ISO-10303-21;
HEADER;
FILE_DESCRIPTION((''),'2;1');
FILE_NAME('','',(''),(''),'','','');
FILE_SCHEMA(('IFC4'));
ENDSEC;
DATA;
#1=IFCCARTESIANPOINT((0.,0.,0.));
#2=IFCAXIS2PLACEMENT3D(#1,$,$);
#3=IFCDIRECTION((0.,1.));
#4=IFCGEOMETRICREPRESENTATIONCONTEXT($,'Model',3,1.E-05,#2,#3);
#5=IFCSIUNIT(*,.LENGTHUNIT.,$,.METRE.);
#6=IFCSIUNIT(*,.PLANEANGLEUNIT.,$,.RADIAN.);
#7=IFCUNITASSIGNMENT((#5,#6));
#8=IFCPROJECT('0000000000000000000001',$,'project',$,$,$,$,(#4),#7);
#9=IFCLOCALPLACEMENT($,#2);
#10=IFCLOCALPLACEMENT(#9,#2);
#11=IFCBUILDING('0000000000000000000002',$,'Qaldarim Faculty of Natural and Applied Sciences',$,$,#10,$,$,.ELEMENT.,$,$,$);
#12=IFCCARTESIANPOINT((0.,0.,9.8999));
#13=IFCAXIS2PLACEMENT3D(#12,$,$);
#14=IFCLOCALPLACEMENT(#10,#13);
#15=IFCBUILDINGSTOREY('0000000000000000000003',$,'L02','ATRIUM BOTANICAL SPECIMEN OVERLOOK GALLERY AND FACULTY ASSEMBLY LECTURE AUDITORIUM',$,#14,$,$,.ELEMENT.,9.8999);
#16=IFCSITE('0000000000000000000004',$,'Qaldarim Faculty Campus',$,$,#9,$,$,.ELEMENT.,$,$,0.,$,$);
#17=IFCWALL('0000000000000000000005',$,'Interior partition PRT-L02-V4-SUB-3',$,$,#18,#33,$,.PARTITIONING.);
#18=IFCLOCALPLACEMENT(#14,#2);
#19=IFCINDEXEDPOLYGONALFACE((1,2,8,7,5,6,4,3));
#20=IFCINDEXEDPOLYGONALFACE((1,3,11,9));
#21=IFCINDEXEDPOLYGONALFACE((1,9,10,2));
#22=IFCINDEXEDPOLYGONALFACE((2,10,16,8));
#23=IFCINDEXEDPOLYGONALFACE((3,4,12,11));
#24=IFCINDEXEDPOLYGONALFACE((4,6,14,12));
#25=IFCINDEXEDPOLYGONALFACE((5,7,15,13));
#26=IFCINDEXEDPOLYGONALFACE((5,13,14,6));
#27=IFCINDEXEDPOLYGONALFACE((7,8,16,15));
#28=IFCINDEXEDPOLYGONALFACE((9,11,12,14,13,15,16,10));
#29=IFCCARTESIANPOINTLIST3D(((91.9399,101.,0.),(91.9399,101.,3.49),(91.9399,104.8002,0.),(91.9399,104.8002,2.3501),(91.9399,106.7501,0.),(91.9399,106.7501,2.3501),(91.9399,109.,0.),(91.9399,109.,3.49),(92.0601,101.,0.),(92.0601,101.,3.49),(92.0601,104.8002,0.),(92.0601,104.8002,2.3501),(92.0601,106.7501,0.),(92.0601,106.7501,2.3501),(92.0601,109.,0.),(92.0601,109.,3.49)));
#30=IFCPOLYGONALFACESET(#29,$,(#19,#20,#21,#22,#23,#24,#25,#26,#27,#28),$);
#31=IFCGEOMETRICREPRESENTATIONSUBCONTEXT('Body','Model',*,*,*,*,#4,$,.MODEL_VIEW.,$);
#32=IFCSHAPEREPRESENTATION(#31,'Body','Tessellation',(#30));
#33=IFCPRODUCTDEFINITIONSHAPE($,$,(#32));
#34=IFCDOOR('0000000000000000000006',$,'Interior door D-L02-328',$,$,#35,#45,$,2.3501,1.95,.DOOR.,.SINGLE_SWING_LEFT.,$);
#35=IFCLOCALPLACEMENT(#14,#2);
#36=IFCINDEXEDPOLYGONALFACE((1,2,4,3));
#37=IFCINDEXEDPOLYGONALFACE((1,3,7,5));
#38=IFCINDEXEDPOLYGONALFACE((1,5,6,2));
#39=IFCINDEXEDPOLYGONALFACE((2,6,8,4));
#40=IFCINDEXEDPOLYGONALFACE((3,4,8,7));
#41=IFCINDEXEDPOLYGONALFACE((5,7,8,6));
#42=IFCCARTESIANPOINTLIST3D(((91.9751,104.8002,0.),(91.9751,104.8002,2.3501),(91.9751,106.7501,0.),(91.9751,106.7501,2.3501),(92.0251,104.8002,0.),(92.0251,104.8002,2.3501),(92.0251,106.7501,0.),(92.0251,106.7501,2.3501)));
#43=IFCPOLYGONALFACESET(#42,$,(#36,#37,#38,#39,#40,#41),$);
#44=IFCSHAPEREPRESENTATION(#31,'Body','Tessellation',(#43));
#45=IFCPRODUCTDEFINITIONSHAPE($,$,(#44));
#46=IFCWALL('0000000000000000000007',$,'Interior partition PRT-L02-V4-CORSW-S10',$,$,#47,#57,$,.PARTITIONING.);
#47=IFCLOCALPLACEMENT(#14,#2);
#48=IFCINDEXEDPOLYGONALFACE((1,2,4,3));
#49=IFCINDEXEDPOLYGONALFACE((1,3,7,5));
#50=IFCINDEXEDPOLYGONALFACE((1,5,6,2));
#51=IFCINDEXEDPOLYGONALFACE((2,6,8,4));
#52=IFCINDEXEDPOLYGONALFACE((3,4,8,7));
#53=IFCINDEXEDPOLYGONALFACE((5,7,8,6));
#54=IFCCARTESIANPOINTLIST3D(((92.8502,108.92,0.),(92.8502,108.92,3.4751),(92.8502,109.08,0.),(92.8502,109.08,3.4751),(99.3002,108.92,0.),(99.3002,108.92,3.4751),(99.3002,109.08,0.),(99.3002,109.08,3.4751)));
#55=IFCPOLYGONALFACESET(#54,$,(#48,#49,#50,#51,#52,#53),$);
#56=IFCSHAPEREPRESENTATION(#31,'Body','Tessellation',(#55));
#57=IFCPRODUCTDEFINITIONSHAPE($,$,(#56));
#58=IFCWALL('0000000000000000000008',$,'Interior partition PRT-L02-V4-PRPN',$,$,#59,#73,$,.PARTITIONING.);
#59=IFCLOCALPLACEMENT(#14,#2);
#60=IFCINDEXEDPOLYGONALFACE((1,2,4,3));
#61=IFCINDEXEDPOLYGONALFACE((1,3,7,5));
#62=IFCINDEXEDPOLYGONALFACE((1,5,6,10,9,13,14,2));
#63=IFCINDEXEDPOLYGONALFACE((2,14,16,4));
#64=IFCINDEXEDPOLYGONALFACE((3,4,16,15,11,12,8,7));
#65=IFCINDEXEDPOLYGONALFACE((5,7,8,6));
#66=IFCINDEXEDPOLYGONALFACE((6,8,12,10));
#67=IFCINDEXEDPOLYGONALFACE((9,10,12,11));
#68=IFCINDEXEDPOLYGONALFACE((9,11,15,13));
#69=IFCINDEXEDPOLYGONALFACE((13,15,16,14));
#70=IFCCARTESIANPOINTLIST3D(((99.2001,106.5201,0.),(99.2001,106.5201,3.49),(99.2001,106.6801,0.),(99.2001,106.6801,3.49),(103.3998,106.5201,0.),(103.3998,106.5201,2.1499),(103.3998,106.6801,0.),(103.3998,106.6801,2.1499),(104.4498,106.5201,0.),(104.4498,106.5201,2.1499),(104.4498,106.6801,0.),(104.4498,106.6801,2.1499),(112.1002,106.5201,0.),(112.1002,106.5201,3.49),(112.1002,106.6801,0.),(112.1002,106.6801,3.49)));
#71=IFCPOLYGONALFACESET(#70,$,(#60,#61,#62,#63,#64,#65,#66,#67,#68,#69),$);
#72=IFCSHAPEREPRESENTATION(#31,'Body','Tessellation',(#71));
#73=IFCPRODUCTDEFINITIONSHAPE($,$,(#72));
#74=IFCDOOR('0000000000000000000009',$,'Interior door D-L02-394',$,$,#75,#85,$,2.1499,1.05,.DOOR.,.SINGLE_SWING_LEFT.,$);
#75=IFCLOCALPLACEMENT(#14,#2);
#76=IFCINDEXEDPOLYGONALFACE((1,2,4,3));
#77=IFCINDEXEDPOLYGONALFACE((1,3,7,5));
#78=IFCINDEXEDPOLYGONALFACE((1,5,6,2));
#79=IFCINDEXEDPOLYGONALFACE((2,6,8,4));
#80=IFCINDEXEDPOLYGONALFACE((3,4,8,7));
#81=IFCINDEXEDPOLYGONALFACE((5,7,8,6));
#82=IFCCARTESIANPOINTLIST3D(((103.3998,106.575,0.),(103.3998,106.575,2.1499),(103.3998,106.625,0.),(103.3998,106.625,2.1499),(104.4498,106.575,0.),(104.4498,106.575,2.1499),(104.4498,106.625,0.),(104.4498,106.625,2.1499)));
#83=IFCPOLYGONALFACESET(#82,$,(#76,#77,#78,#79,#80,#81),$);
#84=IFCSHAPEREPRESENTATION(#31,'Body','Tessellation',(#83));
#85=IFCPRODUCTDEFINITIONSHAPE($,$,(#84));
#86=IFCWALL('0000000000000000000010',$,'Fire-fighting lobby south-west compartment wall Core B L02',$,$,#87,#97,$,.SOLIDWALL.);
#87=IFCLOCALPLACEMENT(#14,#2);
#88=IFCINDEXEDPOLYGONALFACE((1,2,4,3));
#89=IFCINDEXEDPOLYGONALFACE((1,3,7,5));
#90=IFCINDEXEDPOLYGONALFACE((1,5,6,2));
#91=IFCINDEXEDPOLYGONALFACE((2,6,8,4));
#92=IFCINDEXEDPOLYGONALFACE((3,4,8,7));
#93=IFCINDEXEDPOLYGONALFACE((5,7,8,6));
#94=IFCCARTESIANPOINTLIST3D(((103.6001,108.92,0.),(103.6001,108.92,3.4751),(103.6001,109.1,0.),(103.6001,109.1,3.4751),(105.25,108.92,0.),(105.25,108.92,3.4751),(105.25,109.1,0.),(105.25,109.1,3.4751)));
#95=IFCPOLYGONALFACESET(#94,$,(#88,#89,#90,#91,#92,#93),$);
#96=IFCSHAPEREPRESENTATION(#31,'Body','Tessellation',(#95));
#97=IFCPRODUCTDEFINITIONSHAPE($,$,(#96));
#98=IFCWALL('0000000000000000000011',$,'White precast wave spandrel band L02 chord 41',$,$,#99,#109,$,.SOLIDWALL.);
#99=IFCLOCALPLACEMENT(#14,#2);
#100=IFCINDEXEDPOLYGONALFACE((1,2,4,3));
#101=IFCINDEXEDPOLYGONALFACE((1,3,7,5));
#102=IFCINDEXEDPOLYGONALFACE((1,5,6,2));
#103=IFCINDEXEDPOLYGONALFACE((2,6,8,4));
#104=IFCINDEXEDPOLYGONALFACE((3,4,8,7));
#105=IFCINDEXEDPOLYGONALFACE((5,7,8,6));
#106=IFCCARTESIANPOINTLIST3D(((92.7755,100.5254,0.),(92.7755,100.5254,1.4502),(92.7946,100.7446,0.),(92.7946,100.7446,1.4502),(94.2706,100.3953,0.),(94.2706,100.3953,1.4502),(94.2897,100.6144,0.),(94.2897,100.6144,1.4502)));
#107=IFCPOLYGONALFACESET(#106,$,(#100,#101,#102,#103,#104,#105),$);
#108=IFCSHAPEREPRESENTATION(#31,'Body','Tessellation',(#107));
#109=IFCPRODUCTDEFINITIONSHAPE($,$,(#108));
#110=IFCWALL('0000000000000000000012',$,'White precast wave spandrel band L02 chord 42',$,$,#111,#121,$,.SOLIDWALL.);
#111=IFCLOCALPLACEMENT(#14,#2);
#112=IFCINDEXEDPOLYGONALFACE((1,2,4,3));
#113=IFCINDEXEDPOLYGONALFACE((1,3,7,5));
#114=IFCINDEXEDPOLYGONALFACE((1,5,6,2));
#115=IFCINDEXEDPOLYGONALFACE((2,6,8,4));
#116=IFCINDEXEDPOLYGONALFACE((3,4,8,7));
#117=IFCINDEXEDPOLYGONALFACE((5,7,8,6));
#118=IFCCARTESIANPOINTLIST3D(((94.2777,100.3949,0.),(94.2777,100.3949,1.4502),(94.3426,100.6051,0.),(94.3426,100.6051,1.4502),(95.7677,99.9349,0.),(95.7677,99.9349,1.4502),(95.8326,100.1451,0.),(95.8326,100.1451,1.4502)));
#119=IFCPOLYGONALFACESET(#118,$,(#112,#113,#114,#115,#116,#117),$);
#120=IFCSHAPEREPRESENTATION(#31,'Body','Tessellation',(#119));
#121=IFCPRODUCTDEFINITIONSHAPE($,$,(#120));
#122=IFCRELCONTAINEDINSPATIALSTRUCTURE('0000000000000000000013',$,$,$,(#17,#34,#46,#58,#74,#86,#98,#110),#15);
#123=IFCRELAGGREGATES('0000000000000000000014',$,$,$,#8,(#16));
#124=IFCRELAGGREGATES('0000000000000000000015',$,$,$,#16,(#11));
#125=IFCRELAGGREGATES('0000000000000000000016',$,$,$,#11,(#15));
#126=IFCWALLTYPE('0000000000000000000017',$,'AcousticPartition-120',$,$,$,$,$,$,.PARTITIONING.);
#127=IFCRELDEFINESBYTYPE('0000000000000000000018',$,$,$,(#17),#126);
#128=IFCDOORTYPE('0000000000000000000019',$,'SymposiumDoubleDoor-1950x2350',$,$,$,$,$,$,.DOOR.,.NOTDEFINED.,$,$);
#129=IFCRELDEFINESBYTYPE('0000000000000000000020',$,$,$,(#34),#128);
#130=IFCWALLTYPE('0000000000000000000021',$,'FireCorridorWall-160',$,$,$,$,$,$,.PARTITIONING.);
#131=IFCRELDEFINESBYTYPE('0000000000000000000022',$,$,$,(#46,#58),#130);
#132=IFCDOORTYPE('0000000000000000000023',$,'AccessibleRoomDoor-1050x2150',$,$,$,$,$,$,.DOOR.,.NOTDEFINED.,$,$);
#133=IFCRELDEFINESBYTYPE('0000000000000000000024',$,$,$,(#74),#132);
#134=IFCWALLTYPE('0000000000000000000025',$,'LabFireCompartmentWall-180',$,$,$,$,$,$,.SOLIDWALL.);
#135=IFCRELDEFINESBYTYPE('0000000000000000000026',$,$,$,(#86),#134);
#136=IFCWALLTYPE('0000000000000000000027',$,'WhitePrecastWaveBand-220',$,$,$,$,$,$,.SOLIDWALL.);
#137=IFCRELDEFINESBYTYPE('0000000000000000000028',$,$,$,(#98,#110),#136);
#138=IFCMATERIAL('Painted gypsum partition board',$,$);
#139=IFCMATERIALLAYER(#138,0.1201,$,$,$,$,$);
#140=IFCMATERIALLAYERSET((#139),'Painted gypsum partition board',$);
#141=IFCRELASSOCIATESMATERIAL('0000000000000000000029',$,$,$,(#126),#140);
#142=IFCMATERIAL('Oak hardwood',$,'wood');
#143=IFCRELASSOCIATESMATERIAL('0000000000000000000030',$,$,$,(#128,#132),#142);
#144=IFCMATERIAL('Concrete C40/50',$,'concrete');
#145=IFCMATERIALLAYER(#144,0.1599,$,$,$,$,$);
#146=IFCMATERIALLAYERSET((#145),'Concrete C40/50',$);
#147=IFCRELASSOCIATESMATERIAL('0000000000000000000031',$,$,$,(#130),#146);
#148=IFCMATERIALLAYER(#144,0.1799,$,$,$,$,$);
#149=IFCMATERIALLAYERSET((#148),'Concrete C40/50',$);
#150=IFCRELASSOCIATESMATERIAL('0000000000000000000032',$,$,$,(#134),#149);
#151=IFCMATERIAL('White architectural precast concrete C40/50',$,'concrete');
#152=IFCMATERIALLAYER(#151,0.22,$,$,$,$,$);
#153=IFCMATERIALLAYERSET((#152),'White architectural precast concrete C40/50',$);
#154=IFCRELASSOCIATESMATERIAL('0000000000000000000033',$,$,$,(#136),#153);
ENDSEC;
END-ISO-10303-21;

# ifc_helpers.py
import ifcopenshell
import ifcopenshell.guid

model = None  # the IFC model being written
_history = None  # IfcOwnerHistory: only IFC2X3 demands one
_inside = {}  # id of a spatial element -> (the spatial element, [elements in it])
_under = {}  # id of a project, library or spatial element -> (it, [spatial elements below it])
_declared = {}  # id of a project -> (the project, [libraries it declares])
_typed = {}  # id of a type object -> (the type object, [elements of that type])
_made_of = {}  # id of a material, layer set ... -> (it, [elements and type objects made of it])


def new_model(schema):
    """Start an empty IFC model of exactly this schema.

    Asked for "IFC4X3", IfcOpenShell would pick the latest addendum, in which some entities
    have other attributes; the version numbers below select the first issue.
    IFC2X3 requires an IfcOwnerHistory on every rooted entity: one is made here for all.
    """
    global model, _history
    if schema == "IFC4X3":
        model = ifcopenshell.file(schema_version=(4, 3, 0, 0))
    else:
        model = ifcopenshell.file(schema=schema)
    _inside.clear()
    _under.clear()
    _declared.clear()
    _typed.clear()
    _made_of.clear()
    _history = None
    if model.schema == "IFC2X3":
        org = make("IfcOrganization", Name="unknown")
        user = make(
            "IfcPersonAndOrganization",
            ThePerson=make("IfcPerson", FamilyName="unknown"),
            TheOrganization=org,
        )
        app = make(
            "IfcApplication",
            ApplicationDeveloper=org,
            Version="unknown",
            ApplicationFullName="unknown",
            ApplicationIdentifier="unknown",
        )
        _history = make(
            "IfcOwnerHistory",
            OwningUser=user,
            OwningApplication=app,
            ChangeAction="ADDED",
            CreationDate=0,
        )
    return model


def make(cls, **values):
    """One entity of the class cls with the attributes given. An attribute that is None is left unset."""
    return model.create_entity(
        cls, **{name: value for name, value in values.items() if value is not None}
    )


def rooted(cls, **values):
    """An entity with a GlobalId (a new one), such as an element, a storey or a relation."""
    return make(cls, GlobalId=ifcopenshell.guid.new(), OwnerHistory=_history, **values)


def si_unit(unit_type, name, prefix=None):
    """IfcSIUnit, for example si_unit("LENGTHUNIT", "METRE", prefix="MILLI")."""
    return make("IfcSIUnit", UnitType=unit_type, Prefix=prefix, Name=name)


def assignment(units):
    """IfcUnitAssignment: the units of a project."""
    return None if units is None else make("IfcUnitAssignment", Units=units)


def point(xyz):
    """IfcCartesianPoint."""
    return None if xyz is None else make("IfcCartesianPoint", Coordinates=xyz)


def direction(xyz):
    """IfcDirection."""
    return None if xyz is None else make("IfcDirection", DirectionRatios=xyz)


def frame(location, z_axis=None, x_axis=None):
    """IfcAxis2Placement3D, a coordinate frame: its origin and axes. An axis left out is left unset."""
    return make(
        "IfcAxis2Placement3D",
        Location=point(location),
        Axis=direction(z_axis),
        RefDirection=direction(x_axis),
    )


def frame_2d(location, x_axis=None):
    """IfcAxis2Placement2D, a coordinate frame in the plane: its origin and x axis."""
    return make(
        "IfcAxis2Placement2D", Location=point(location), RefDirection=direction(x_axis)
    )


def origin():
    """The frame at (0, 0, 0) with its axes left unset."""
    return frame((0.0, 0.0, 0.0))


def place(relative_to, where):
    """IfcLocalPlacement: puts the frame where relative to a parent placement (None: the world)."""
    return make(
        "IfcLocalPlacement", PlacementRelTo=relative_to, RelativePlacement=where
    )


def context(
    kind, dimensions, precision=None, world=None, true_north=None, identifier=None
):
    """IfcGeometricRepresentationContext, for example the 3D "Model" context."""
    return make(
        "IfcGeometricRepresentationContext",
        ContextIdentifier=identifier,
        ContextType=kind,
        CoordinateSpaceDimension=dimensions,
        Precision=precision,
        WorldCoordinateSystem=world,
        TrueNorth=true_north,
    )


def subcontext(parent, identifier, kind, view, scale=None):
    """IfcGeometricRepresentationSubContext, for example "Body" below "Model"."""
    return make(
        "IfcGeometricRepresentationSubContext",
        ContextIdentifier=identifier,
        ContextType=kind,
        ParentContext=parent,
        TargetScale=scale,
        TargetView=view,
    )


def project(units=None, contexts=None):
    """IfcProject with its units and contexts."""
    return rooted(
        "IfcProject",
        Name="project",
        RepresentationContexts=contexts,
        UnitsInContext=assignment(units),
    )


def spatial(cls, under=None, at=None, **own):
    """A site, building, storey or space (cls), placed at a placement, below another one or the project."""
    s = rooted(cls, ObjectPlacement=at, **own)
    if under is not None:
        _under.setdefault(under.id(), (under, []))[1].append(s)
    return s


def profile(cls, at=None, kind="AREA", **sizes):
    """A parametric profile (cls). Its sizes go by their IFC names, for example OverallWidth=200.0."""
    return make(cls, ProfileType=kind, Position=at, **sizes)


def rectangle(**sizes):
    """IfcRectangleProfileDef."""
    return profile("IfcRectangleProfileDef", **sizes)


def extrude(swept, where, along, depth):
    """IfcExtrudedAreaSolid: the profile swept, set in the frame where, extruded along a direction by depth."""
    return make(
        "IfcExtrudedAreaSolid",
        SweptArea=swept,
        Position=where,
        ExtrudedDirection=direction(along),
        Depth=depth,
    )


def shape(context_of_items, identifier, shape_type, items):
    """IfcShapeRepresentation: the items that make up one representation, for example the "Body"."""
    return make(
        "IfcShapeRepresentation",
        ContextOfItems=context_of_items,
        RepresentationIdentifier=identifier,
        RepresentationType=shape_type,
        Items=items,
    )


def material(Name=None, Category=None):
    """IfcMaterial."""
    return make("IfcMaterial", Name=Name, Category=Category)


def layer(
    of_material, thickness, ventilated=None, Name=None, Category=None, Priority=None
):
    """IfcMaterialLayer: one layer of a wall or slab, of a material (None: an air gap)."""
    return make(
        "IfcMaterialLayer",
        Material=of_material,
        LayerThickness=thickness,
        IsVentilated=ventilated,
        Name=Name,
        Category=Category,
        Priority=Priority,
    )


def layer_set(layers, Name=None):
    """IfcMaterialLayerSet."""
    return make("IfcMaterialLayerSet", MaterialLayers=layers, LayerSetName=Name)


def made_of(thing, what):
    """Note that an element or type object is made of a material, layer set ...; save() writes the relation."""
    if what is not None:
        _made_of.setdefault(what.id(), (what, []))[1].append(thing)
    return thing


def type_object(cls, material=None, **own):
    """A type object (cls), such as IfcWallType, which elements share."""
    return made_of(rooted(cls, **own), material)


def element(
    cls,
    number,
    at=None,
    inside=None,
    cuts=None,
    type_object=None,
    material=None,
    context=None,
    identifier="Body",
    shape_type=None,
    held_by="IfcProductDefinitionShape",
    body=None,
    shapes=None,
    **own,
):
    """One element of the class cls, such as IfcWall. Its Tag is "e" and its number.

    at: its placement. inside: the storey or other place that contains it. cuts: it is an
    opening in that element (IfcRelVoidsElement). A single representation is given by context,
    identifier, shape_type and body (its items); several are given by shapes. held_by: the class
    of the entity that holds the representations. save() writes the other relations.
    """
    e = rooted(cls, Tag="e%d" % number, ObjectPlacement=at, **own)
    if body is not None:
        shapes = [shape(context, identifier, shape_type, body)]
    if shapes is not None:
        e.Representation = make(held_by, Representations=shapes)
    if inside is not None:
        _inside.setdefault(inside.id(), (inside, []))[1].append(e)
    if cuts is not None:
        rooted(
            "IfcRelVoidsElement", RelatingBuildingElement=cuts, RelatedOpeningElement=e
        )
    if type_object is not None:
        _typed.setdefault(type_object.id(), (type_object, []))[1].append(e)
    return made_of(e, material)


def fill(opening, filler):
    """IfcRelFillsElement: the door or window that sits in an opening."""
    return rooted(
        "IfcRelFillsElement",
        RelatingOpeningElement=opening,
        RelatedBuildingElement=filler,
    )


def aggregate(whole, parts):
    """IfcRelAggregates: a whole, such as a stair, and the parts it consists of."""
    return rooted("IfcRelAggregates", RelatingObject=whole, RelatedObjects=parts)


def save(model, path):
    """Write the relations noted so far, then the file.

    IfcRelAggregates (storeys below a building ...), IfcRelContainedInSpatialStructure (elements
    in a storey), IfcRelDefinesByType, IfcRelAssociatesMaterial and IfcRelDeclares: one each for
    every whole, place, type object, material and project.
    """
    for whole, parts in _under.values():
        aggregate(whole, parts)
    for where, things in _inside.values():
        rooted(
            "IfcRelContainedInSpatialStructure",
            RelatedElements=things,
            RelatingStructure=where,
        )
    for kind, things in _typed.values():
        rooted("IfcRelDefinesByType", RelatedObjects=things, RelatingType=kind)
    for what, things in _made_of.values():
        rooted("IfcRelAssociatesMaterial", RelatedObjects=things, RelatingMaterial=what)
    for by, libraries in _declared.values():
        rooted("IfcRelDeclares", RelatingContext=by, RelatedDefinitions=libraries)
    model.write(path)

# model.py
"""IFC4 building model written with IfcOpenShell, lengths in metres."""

from ifc_helpers import new_model, si_unit, direction, frame, frame_2d, origin, place, context, subcontext, project, spatial, rectangle, extrude, material, layer, layer_set, type_object, element, fill, save


model = new_model("IFC4")

# Units and contexts
model_context = context("Model", 3, precision=1e-05, world=origin(), true_north=direction((0.0, 1.0)))
body_context = subcontext(model_context, "Body", "Model", "MODEL_VIEW")
ifc_project = project(units=[si_unit("LENGTHUNIT", "METRE"), si_unit("PLANEANGLEUNIT", "RADIAN")], contexts=[model_context])

# Site, building, storey
site_placement = place(None, origin())
site = spatial("IfcSite", under=ifc_project, at=site_placement, Name="Qaldarim Faculty Campus", CompositionType="ELEMENT", RefElevation=0.0)
building_placement = place(site_placement, origin())
building = spatial("IfcBuilding", under=site, at=building_placement, Name="Qaldarim Faculty of Natural and Applied Sciences", CompositionType="ELEMENT")
storey_placement = place(building_placement, frame((0.0, 0.0, 9.8999)))
storey = spatial("IfcBuildingStorey", under=building, at=storey_placement, Name="L02", Description="ATRIUM BOTANICAL SPECIMEN OVERLOOK GALLERY AND FACULTY ASSEMBLY LECTURE AUDITORIUM", CompositionType="ELEMENT", Elevation=9.8999)

# Shared definitions
ifc_material_1 = material(Name="Concrete C40/50", Category="concrete")

# Wall, opening, door
ifc_material_2 = material(Name="Painted gypsum partition board")
ifc_layer_1 = layer(ifc_material_2, 0.1201)
ifc_layer_set_1 = layer_set([ifc_layer_1], Name="Painted gypsum partition board")
wall_type_1 = type_object("IfcWallType", Name="AcousticPartition-120", PredefinedType="PARTITIONING", material=ifc_layer_set_1)
wall_1_placement = place(storey_placement, frame((92.0, 101.0, 0.0), z_axis=(0.0, 0.0, 1.0), x_axis=(0.0, 1.0, 0.0)))
wall_1 = element("IfcWall", 1, at=wall_1_placement, inside=storey, type_object=wall_type_1, Name="Interior partition PRT-L02-V4-SUB-3", PredefinedType="PARTITIONING", context=body_context, shape_type="SweptSolid", body=[
    extrude(rectangle(XDim=8.0, YDim=0.1201, at=frame_2d((4.0, 0.0))), origin(), (0.0, 0.0, 1.0), 3.49),
])
opening_1_placement = place(wall_1_placement, frame((3.8, 0.0, 0.0)))
opening_1 = element("IfcOpeningElement", 2, at=opening_1_placement, cuts=wall_1, PredefinedType="OPENING", context=body_context, shape_type="SweptSolid", body=[
    extrude(rectangle(XDim=1.95, YDim=2.3501, at=frame_2d((0.9751, 1.175))), frame((0.0, 0.0701, 0.0), z_axis=(0.0, -1.0, 0.0), x_axis=(1.0, 0.0, 0.0)), (0.0, 0.0, 1.0), 0.1401),
])
ifc_material_3 = material(Name="Oak hardwood", Category="wood")
door_type_1 = type_object("IfcDoorType", Name="SymposiumDoubleDoor-1950x2350", OperationType="NOTDEFINED", PredefinedType="DOOR", material=ifc_material_3)
door_1_placement = place(opening_1_placement, origin())
door_1 = element("IfcDoor", 3, at=door_1_placement, inside=storey, type_object=door_type_1, Name="Interior door D-L02-328", OperationType="SINGLE_SWING_LEFT", OverallHeight=2.3501, OverallWidth=1.95, PredefinedType="DOOR", context=body_context, shape_type="SweptSolid", body=[
    extrude(rectangle(XDim=1.95, YDim=2.3501, at=frame_2d((0.9751, 1.175))), frame((0.0, 0.0249, 0.0), z_axis=(0.0, -1.0, 0.0), x_axis=(1.0, 0.0, 0.0)), (0.0, 0.0, 1.0), 0.05),
])
fill(opening_1, door_1)

# Wall
ifc_layer_2 = layer(ifc_material_1, 0.1599)
ifc_layer_set_2 = layer_set([ifc_layer_2], Name="Concrete C40/50")
wall_type_2 = type_object("IfcWallType", Name="FireCorridorWall-160", PredefinedType="PARTITIONING", material=ifc_layer_set_2)
wall_2_placement = place(storey_placement, frame((92.8501, 109.0, 0.0), z_axis=(0.0, 0.0, 1.0), x_axis=(1.0, 0.0, 0.0)))
element("IfcWall", 4, at=wall_2_placement, inside=storey, type_object=wall_type_2, Name="Interior partition PRT-L02-V4-CORSW-S10", PredefinedType="PARTITIONING", context=body_context, shape_type="SweptSolid", body=[
    extrude(rectangle(XDim=6.45, YDim=0.1599, at=frame_2d((3.2251, 0.0))), origin(), (0.0, 0.0, 1.0), 3.4751),
])

# Wall, opening, door
wall_3_placement = place(storey_placement, frame((99.2, 106.6001, 0.0), z_axis=(0.0, 0.0, 1.0), x_axis=(1.0, 0.0, 0.0)))
wall_3 = element("IfcWall", 5, at=wall_3_placement, inside=storey, type_object=wall_type_2, Name="Interior partition PRT-L02-V4-PRPN", PredefinedType="PARTITIONING", context=body_context, shape_type="SweptSolid", body=[
    extrude(rectangle(XDim=12.9001, YDim=0.1599, at=frame_2d((6.4502, 0.0))), origin(), (0.0, 0.0, 1.0), 3.49),
])
opening_2_placement = place(wall_3_placement, frame((4.2, 0.0, 0.0)))
opening_2 = element("IfcOpeningElement", 6, at=opening_2_placement, cuts=wall_3, PredefinedType="OPENING", context=body_context, shape_type="SweptSolid", body=[
    extrude(rectangle(XDim=1.05, YDim=2.1499, at=frame_2d((0.5249, 1.075))), frame((0.0, 0.0898, 0.0), z_axis=(0.0, -1.0, 0.0), x_axis=(1.0, 0.0, 0.0)), (0.0, 0.0, 1.0), 0.1799),
])
door_type_2 = type_object("IfcDoorType", Name="AccessibleRoomDoor-1050x2150", OperationType="NOTDEFINED", PredefinedType="DOOR", material=ifc_material_3)
door_2_placement = place(opening_2_placement, origin())
door_2 = element("IfcDoor", 7, at=door_2_placement, inside=storey, type_object=door_type_2, Name="Interior door D-L02-394", OperationType="SINGLE_SWING_LEFT", OverallHeight=2.1499, OverallWidth=1.05, PredefinedType="DOOR", context=body_context, shape_type="SweptSolid", body=[
    extrude(rectangle(XDim=1.05, YDim=2.1499, at=frame_2d((0.5249, 1.075))), frame((0.0, 0.0249, 0.0), z_axis=(0.0, -1.0, 0.0), x_axis=(1.0, 0.0, 0.0)), (0.0, 0.0, 1.0), 0.05),
])
fill(opening_2, door_2)

# Walls
ifc_layer_3 = layer(ifc_material_1, 0.1799)
ifc_layer_set_3 = layer_set([ifc_layer_3], Name="Concrete C40/50")
wall_type_3 = type_object("IfcWallType", Name="LabFireCompartmentWall-180", PredefinedType="SOLIDWALL", material=ifc_layer_set_3)
wall_4_placement = place(storey_placement, frame((103.6001, 109.01, 0.0), z_axis=(0.0, 0.0, 1.0), x_axis=(1.0, 0.0, 0.0)))
element("IfcWall", 8, at=wall_4_placement, inside=storey, type_object=wall_type_3, Name="Fire-fighting lobby south-west compartment wall Core B L02", PredefinedType="SOLIDWALL", context=body_context, shape_type="SweptSolid", body=[
    extrude(rectangle(XDim=1.6499, YDim=0.1799, at=frame_2d((0.825, 0.0))), origin(), (0.0, 0.0, 1.0), 3.4751),
])
ifc_material_4 = material(Name="White architectural precast concrete C40/50", Category="concrete")
ifc_layer_4 = layer(ifc_material_4, 0.22)
ifc_layer_set_4 = layer_set([ifc_layer_4], Name="White architectural precast concrete C40/50")
wall_type_4 = type_object("IfcWallType", Name="WhitePrecastWaveBand-220", PredefinedType="SOLIDWALL", material=ifc_layer_set_4)
wall_5_placement = place(storey_placement, frame((92.7849, 100.635, 0.0), z_axis=(0.0, 0.0, 1.0), x_axis=(0.996234, -0.086707, 0.0)))
element("IfcWall", 9, at=wall_5_placement, inside=storey, type_object=wall_type_4, Name="White precast wave spandrel band L02 chord 41", PredefinedType="SOLIDWALL", context=body_context, shape_type="SweptSolid", body=[
    extrude(rectangle(XDim=1.5007, YDim=0.22, at=frame_2d((0.7505, 0.0))), origin(), (0.0, 0.0, 1.0), 1.4502),
])
wall_6_placement = place(storey_placement, frame((94.3101, 100.5, 0.0), z_axis=(0.0, 0.0, 1.0), x_axis=(0.955508, -0.294966, 0.0)))
element("IfcWall", 10, at=wall_6_placement, inside=storey, type_object=wall_type_4, Name="White precast wave spandrel band L02 chord 42", PredefinedType="SOLIDWALL", context=body_context, shape_type="SweptSolid", body=[
    extrude(rectangle(XDim=1.5593, YDim=0.22, at=frame_2d((0.7798, 0.0))), origin(), (0.0, 0.0, 1.0), 1.4502),
])

save(model, "model.ifc")
